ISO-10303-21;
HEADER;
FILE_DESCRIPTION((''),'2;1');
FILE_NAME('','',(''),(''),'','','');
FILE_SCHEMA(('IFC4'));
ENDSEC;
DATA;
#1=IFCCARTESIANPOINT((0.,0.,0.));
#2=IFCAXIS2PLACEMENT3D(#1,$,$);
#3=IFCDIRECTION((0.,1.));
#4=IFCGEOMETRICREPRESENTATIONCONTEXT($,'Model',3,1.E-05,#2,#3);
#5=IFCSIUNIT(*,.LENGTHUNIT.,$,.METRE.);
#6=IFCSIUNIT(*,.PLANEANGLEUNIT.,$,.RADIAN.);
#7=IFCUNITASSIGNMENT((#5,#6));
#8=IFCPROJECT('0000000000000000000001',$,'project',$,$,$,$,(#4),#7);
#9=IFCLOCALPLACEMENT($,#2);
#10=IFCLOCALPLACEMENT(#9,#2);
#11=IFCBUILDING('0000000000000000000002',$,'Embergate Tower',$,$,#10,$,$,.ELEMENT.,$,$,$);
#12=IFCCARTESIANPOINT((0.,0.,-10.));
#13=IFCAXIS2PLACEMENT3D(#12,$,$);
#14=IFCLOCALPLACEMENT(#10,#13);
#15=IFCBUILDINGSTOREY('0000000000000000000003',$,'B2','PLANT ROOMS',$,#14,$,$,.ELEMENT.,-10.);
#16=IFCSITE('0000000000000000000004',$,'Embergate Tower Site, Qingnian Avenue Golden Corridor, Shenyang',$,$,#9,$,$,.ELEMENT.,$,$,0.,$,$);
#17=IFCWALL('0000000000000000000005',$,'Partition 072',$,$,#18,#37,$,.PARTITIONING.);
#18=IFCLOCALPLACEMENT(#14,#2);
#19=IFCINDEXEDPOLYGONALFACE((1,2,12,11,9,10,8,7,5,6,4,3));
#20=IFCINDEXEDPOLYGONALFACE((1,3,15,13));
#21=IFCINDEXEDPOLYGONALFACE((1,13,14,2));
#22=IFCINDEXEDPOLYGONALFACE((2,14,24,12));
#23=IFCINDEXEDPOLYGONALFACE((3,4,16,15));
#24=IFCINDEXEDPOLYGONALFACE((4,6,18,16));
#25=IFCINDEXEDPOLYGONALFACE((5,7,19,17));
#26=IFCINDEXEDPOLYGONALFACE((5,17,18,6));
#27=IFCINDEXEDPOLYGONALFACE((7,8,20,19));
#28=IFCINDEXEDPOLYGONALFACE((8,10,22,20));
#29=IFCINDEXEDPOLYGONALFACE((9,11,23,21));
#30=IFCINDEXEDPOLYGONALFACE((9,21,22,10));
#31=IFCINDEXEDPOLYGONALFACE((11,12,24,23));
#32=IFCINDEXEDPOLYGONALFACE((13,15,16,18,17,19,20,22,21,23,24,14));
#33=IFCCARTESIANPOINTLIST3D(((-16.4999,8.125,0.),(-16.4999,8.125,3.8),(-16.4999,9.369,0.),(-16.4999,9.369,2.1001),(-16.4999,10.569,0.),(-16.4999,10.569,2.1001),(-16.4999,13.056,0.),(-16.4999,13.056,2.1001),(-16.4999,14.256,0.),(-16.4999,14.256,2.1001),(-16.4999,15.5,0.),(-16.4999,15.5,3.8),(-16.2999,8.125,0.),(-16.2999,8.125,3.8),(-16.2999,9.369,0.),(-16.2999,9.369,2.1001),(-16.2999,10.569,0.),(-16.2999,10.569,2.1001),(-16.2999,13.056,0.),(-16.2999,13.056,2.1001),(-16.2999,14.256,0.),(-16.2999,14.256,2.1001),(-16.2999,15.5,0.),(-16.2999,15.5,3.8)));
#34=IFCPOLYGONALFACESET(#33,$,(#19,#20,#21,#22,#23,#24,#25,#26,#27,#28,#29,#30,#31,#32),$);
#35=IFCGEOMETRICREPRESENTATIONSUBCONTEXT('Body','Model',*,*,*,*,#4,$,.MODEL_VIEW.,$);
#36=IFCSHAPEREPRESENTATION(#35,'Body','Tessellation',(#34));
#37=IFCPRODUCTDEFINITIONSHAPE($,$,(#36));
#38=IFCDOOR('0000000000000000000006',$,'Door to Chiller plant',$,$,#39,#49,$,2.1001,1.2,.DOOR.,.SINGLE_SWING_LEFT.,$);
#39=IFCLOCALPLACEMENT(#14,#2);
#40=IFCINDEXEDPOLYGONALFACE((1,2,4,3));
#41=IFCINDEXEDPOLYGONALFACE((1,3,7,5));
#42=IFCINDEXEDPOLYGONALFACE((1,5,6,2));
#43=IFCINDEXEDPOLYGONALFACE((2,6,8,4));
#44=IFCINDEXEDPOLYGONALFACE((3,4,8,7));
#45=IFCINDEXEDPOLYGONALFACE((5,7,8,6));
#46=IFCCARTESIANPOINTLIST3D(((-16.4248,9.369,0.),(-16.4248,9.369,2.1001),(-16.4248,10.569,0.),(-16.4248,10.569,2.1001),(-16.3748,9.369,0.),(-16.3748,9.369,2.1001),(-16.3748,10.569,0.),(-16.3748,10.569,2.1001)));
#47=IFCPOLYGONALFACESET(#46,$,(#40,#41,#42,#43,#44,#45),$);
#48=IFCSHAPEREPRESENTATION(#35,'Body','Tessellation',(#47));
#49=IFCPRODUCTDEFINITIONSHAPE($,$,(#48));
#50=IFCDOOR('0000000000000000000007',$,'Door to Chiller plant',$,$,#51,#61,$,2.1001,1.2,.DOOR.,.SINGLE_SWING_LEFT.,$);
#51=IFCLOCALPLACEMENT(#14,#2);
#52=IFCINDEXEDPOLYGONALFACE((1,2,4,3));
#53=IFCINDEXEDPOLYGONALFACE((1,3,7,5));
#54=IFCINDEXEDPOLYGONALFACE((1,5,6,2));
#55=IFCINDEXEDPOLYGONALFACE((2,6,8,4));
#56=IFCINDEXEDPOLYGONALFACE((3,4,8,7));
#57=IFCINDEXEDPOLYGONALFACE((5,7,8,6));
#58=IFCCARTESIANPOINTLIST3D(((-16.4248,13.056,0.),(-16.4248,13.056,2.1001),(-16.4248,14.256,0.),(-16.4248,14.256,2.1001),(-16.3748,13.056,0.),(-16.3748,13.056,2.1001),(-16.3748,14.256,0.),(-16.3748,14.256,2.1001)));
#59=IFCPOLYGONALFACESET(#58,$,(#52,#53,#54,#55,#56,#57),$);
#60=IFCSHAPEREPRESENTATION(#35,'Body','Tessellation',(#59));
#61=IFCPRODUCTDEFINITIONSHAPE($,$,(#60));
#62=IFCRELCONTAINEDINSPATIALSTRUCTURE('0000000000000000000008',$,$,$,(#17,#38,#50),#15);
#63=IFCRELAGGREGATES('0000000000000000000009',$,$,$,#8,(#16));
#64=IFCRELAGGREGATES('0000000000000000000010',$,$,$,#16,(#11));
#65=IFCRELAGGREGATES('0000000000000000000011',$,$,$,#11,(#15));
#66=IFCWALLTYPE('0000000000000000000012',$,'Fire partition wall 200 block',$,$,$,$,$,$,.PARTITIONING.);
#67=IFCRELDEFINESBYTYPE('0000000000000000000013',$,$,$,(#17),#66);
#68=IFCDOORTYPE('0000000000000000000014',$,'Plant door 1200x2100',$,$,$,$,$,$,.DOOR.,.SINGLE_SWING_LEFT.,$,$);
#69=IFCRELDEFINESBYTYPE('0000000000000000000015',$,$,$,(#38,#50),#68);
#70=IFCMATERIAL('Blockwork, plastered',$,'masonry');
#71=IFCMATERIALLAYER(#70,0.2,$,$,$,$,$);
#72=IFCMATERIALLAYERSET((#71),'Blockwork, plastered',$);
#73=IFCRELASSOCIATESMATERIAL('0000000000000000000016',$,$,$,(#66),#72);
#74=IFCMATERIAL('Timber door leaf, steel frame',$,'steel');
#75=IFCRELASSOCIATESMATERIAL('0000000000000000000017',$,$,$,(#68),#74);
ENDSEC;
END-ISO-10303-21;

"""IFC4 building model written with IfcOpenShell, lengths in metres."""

from ifc_helpers import new_model, si_unit, direction, frame, frame_2d, origin, place, context, subcontext, project, spatial, rectangle, extrude, source, transform, mapped, material, layer, layer_set, type_object, element, fill, save


model = new_model("IFC4")

# Units and contexts
model_context = context("Model", 3, precision=1e-05, world=origin(), true_north=direction((0.0, 1.0)))
body_context = subcontext(model_context, "Body", "Model", "MODEL_VIEW")
ifc_project = project(units=[si_unit("LENGTHUNIT", "METRE"), si_unit("PLANEANGLEUNIT", "RADIAN")], contexts=[model_context])

# Site, building, storey
site_placement = place(None, origin())
site = spatial("IfcSite", under=ifc_project, at=site_placement, Name="Embergate Tower Site, Qingnian Avenue Golden Corridor, Shenyang", CompositionType="ELEMENT", RefElevation=0.0)
building_placement = place(site_placement, origin())
building = spatial("IfcBuilding", under=site, at=building_placement, Name="Embergate Tower", CompositionType="ELEMENT")
storey_placement = place(building_placement, frame((0.0, 0.0, -10.0)))
storey = spatial("IfcBuildingStorey", under=building, at=storey_placement, Name="B2", Description="PLANT ROOMS", CompositionType="ELEMENT", Elevation=-10.0)

# Shared definitions
ifc_material_1 = material(Name="Blockwork, plastered", Category="masonry")
ifc_layer_1 = layer(ifc_material_1, 0.2)
ifc_layer_set_1 = layer_set([ifc_layer_1], Name="Blockwork, plastered")
wall_type_1 = type_object("IfcWallType", Name="Fire partition wall 200 block", PredefinedType="PARTITIONING", material=ifc_layer_set_1)
shared_shape_1 = source(origin(), body_context, "Body", "SweptSolid", [
    extrude(rectangle(XDim=1.2, YDim=2.1001, at=frame_2d((0.6001, 1.05))), frame((0.0, 0.1099, 0.0), z_axis=(0.0, -1.0, 0.0), x_axis=(1.0, 0.0, 0.0)), (0.0, 0.0, 1.0), 0.22),
])
ifc_material_2 = material(Name="Timber door leaf, steel frame", Category="steel")
door_type = type_object("IfcDoorType", Name="Plant door 1200x2100", OperationType="SINGLE_SWING_LEFT", PredefinedType="DOOR", material=ifc_material_2)
shared_shape_2 = source(origin(), body_context, "Body", "SweptSolid", [
    extrude(rectangle(XDim=1.2, YDim=2.1001, at=frame_2d((0.6001, 1.05))), frame((0.0, 0.0249, 0.0), z_axis=(0.0, -1.0, 0.0), x_axis=(1.0, 0.0, 0.0)), (0.0, 0.0, 1.0), 0.05),
])

# Wall, openings, doors
shared_shape_3 = source(origin(), body_context, "Body", "SweptSolid", [
    extrude(rectangle(XDim=7.375, YDim=0.2, at=frame_2d((3.6875, 0.0))), origin(), (0.0, 0.0, 1.0), 3.8),
])
wall_1_placement = place(storey_placement, frame((-16.3999, 8.125, 0.0), z_axis=(0.0, 0.0, 1.0), x_axis=(0.0, 1.0, 0.0)))
wall_1 = element("IfcWall", 1, at=wall_1_placement, inside=storey, type_object=wall_type_1, Name="Partition 072", PredefinedType="PARTITIONING", context=body_context, shape_type="MappedRepresentation", body=[
    mapped(shared_shape_3, transform((0.0, 0.0, 0.0))),
])
opening_1_placement = place(wall_1_placement, frame((1.2439, 0.0, 0.0)))
opening_1 = element("IfcOpeningElement", 2, at=opening_1_placement, cuts=wall_1, PredefinedType="OPENING", context=body_context, shape_type="MappedRepresentation", body=[
    mapped(shared_shape_1, transform((0.0, 0.0, 0.0))),
])
opening_2_placement = place(wall_1_placement, frame((4.9309, 0.0, 0.0)))
opening_2 = element("IfcOpeningElement", 3, at=opening_2_placement, cuts=wall_1, PredefinedType="OPENING", context=body_context, shape_type="MappedRepresentation", body=[
    mapped(shared_shape_1, transform((0.0, 0.0, 0.0))),
])
door_1_placement = place(opening_1_placement, origin())
door_1 = element("IfcDoor", 4, at=door_1_placement, inside=storey, type_object=door_type, Name="Door to Chiller plant", OperationType="SINGLE_SWING_LEFT", OverallHeight=2.1001, OverallWidth=1.2, PredefinedType="DOOR", context=body_context, shape_type="MappedRepresentation", body=[
    mapped(shared_shape_2, transform((0.0, 0.0, 0.0))),
])
fill(opening_1, door_1)
door_2_placement = place(opening_2_placement, origin())
door_2 = element("IfcDoor", 5, at=door_2_placement, inside=storey, type_object=door_type, Name="Door to Chiller plant", OperationType="SINGLE_SWING_LEFT", OverallHeight=2.1001, OverallWidth=1.2, PredefinedType="DOOR", context=body_context, shape_type="MappedRepresentation", body=[
    mapped(shared_shape_2, transform((0.0, 0.0, 0.0))),
])
fill(opening_2, door_2)

save(model, "model.ifc")
